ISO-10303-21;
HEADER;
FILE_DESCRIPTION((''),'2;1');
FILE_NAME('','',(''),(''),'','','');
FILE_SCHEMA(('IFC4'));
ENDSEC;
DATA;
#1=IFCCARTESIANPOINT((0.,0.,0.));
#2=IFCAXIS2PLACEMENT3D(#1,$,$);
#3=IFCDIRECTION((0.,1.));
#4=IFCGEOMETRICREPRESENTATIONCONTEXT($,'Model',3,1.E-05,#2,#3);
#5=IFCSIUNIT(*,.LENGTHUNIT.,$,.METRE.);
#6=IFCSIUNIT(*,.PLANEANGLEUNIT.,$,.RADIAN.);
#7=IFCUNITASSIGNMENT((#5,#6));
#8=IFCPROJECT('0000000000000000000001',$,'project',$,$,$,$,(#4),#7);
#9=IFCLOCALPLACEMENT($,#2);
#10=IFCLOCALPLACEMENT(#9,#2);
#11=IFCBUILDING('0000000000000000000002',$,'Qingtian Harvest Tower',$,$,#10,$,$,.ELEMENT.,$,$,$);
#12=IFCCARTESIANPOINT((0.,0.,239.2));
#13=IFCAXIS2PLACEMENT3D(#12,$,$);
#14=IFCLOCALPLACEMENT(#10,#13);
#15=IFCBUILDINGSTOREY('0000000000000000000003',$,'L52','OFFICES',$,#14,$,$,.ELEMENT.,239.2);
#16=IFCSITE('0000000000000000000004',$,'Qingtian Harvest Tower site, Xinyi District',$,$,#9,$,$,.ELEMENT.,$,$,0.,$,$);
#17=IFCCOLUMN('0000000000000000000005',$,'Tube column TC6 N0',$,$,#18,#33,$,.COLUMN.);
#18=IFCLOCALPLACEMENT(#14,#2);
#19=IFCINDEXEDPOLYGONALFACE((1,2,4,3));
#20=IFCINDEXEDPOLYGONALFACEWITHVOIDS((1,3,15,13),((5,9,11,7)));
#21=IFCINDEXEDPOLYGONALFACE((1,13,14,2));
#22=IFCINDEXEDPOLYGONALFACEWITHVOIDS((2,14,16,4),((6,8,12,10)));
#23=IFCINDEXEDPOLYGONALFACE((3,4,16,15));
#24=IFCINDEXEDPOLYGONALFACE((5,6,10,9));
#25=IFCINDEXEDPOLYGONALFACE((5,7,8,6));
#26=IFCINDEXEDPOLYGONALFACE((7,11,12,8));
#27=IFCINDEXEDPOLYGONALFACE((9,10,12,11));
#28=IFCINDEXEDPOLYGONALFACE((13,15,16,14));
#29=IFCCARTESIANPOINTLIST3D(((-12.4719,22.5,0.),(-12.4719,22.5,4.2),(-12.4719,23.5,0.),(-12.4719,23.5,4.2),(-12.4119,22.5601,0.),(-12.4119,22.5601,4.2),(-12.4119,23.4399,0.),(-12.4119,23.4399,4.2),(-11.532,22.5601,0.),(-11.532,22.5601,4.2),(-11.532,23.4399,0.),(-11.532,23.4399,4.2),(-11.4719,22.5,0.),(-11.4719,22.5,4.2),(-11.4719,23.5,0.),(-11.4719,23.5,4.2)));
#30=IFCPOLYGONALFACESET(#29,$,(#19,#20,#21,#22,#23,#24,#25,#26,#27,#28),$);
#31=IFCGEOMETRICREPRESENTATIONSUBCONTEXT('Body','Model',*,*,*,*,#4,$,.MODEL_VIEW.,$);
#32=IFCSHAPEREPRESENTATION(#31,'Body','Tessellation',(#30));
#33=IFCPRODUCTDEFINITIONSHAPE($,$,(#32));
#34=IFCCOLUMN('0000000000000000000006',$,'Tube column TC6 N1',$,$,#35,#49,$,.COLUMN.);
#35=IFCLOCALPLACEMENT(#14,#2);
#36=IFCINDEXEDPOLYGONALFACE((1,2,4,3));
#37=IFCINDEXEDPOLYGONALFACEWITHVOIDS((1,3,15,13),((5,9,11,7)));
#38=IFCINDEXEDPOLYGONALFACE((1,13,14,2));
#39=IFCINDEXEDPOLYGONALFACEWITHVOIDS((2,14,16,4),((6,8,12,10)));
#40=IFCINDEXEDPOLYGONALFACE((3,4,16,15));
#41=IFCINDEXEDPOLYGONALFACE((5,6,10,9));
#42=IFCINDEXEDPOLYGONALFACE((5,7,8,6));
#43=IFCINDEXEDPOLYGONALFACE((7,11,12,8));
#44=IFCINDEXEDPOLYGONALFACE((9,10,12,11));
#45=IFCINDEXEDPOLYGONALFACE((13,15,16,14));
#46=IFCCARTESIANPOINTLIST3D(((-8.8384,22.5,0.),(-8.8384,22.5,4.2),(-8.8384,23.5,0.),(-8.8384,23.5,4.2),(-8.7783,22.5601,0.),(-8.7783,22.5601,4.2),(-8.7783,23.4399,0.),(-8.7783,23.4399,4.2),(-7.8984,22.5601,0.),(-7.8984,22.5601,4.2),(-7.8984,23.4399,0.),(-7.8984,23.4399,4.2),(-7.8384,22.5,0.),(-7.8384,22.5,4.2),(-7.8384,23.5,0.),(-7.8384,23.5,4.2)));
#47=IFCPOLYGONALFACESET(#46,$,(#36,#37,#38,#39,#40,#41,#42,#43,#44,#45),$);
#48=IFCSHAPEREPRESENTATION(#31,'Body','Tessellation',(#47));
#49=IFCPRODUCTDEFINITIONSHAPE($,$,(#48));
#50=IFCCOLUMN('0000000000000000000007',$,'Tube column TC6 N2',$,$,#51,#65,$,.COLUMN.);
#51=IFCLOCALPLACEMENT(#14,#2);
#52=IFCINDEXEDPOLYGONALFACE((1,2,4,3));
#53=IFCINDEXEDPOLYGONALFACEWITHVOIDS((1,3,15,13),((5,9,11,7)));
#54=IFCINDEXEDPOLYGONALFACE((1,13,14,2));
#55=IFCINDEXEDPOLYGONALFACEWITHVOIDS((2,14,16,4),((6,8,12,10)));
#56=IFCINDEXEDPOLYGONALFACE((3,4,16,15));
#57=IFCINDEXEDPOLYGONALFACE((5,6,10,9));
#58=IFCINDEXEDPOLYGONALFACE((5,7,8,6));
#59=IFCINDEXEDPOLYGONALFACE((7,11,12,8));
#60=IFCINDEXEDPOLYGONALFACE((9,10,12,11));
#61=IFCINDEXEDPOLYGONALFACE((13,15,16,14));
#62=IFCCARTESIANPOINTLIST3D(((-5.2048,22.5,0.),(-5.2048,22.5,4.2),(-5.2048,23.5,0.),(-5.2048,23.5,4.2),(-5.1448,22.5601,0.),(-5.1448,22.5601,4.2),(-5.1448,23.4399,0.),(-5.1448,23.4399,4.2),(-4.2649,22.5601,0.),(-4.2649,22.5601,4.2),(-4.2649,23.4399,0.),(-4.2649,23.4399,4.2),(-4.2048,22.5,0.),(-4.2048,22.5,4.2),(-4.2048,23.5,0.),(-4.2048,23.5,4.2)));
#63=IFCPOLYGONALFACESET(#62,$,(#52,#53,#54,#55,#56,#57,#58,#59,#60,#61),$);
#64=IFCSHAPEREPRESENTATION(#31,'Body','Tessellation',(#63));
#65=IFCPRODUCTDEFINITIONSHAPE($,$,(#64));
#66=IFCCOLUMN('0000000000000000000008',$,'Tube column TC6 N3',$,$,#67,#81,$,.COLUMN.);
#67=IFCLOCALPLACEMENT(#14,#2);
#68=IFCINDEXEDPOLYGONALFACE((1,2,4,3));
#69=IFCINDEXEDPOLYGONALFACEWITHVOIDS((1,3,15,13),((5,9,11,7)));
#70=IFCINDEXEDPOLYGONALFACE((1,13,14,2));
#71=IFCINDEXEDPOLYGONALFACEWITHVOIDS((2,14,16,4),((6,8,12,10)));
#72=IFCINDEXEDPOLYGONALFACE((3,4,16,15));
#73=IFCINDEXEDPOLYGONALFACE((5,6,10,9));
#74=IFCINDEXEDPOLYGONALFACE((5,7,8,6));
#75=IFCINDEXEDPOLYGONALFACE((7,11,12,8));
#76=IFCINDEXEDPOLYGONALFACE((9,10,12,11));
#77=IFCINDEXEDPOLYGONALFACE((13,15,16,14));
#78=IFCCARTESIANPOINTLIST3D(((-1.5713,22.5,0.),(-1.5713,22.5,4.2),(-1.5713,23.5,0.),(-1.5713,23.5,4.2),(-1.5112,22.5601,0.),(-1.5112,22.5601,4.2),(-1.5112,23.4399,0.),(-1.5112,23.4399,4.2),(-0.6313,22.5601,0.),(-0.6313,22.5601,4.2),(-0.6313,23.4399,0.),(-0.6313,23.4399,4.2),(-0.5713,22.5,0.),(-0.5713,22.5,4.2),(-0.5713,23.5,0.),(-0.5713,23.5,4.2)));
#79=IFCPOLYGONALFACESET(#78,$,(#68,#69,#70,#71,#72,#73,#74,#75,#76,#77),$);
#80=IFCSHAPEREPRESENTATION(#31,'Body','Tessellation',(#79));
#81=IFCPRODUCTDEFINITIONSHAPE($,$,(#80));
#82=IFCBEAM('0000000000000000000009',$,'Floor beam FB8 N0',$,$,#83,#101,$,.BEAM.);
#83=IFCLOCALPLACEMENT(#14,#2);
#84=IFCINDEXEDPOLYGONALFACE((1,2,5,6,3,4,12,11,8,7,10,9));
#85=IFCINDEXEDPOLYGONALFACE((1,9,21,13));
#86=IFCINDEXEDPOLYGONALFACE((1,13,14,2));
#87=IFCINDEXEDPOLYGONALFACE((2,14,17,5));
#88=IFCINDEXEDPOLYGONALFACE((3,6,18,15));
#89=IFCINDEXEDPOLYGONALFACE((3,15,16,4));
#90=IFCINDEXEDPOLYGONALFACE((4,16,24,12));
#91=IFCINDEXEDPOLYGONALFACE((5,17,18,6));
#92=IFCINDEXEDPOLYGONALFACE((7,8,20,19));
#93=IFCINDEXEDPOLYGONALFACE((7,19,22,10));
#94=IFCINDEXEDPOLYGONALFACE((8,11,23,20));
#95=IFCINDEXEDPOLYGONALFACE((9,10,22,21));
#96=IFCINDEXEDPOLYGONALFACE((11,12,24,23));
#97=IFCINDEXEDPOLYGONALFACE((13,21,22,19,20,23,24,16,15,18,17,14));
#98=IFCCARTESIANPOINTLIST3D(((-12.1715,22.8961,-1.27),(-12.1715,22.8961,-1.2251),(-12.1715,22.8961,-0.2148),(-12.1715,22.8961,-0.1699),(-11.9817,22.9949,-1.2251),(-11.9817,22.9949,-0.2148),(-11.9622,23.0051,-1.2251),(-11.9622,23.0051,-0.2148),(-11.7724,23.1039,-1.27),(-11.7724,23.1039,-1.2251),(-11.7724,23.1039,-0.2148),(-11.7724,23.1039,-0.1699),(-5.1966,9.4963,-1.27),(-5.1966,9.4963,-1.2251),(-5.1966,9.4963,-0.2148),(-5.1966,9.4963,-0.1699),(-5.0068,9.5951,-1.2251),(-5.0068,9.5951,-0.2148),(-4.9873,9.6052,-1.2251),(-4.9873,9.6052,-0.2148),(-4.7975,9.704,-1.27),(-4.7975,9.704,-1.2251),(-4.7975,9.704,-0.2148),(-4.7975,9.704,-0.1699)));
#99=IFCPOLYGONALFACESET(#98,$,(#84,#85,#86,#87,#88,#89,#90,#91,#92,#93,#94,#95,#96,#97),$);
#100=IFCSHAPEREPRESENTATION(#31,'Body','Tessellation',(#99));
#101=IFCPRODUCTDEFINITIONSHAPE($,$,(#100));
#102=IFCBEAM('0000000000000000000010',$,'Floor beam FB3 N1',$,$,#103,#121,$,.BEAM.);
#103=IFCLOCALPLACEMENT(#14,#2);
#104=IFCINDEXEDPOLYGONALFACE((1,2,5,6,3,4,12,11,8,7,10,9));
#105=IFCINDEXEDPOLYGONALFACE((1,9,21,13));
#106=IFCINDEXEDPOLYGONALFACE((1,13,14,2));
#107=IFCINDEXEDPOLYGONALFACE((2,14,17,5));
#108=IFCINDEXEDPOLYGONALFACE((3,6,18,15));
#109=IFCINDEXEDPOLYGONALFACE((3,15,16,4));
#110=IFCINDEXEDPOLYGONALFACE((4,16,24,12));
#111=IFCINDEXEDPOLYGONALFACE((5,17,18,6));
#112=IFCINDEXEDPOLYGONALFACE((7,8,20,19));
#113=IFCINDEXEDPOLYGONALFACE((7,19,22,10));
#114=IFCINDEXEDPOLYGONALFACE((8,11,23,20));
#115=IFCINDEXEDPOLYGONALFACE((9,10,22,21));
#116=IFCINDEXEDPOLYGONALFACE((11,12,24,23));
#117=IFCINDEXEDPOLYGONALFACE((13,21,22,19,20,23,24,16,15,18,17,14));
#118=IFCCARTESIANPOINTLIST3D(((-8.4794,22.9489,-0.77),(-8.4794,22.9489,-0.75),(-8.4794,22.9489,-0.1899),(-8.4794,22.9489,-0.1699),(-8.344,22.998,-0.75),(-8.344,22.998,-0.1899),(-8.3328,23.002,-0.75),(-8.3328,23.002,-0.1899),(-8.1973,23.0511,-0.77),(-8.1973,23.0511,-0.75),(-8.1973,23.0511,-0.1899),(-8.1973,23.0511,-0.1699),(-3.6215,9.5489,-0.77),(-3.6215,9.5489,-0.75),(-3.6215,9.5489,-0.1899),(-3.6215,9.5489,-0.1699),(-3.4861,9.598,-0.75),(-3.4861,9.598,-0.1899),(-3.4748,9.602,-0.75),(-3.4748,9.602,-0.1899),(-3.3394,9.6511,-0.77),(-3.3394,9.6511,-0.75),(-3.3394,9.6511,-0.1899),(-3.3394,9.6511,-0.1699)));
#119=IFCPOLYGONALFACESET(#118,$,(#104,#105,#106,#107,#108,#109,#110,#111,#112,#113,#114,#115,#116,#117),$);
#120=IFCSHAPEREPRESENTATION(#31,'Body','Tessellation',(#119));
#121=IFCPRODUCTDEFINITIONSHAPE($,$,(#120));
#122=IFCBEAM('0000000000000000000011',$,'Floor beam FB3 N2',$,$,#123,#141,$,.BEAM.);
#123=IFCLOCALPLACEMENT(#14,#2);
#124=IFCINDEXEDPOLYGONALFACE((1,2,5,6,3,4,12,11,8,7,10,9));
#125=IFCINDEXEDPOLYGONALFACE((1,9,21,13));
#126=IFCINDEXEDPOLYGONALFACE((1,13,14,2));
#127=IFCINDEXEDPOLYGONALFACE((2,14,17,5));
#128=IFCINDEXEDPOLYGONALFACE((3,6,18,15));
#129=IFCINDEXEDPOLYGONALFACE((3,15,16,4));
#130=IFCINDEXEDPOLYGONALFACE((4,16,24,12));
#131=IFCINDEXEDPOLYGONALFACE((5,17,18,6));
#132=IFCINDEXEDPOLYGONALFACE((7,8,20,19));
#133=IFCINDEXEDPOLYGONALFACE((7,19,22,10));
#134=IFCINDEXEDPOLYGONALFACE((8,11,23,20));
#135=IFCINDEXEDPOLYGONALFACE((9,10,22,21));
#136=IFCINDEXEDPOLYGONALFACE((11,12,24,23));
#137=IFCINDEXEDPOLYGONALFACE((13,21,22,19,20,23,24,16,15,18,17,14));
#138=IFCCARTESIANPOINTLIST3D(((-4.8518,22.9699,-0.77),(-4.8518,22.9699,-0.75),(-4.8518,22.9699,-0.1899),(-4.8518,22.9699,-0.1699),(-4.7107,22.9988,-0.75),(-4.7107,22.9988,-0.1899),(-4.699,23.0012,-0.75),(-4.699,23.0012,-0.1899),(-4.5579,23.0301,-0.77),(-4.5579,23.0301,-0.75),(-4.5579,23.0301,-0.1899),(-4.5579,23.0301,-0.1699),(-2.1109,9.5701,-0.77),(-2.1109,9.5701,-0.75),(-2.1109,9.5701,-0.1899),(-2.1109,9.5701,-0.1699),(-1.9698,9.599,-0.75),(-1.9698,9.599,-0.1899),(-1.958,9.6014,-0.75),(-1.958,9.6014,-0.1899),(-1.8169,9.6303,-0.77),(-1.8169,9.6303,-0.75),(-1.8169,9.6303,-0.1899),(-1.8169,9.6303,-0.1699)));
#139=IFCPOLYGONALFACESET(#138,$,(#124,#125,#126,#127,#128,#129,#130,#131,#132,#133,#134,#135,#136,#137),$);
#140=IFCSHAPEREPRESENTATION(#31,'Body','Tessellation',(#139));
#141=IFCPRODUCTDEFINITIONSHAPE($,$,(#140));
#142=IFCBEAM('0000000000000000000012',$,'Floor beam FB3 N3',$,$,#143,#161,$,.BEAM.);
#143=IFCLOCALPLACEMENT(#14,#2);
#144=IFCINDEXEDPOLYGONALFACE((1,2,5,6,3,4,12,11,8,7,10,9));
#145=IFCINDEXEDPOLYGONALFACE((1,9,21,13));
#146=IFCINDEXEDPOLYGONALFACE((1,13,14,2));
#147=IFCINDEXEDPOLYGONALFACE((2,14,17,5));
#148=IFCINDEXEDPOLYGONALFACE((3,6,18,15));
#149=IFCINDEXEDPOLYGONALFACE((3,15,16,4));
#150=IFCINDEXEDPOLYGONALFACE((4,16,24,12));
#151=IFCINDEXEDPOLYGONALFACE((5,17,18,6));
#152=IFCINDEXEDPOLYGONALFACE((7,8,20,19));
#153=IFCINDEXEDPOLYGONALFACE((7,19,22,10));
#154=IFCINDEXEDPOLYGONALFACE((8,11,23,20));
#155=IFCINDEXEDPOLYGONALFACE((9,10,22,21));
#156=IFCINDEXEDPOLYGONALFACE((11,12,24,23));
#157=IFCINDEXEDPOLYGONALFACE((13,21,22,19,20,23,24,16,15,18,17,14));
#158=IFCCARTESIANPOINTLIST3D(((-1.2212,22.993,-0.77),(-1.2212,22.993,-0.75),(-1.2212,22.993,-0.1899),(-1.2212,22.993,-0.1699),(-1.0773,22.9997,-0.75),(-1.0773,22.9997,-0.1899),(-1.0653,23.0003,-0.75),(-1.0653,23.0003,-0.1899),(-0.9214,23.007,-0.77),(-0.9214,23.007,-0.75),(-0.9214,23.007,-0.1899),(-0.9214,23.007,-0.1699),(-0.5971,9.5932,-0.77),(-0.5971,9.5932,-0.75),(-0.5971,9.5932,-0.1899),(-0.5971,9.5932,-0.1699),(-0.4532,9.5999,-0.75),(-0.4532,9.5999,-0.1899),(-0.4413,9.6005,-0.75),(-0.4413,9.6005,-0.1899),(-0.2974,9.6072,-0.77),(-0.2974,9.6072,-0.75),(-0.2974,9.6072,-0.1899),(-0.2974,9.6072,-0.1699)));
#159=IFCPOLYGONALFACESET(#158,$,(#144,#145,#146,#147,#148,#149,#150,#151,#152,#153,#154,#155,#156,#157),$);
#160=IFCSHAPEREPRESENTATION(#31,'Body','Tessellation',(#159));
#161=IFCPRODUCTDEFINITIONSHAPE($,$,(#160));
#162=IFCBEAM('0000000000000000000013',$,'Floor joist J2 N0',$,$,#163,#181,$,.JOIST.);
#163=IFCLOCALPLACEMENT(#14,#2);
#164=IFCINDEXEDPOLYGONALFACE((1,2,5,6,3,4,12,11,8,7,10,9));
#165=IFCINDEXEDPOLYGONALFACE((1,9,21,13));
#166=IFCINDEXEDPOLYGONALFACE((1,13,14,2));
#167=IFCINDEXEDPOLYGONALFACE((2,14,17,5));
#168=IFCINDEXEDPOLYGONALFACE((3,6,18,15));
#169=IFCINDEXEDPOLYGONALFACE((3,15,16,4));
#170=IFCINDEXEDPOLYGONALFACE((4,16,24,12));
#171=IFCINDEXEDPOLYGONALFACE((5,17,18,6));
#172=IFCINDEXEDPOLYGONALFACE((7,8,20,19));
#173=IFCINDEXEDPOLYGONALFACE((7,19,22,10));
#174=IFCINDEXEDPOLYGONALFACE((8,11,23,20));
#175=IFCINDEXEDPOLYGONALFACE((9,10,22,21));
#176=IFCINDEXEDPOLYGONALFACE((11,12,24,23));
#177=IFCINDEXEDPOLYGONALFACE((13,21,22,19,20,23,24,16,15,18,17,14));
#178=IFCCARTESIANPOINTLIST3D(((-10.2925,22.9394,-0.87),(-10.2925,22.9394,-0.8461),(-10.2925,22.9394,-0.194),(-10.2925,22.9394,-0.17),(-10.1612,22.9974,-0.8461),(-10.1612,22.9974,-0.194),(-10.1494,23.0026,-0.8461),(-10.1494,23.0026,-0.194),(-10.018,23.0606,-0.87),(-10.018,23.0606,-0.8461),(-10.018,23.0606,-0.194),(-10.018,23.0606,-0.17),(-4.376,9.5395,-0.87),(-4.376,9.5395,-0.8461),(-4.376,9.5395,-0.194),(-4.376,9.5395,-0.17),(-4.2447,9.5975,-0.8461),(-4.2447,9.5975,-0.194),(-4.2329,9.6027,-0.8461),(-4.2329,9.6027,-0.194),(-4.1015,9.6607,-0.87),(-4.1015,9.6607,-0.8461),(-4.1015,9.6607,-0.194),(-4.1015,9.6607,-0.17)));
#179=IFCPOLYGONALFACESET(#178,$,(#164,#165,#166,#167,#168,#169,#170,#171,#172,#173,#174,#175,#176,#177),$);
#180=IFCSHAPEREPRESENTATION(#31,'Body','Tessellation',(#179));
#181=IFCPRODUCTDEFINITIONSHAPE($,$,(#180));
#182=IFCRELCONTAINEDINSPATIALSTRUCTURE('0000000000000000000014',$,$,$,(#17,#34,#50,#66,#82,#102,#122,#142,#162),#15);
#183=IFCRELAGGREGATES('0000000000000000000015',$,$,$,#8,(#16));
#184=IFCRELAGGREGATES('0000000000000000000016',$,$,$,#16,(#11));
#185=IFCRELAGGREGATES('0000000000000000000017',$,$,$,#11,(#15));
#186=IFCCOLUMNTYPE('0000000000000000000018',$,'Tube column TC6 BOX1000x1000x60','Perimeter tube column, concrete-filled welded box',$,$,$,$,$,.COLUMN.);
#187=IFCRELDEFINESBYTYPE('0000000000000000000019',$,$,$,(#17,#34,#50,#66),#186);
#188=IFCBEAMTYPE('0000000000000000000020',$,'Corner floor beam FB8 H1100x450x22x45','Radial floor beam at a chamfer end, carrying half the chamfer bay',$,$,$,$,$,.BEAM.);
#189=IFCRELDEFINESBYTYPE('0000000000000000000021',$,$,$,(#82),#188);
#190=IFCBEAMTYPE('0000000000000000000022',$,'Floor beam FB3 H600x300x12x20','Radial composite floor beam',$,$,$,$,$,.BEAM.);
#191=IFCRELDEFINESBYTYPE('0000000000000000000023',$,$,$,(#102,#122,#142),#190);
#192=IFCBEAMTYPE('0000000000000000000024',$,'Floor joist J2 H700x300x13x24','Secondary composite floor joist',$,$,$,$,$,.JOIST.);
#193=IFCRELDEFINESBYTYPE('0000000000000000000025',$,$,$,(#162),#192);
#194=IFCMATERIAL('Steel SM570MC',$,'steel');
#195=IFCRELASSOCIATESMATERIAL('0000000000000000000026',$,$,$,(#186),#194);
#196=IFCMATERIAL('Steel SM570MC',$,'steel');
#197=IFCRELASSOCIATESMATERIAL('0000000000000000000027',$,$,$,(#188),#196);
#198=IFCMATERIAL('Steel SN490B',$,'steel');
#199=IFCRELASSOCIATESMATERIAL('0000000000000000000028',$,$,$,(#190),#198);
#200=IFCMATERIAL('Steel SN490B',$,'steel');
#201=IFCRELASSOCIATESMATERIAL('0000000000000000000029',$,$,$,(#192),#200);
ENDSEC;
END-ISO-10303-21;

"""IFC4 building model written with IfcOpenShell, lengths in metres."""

from ifc_helpers import new_model, si_unit, direction, frame, origin, origin_2d, place, context, subcontext, project, spatial, hollow_rectangle, i_section, extrude, material, material_profile, profile_set, type_object, element, save


model = new_model("IFC4")

# Units and contexts
model_context = context("Model", 3, precision=1e-05, world=origin(), true_north=direction((0.0, 1.0)))
body_context = subcontext(model_context, "Body", "Model", "MODEL_VIEW")
ifc_project = project(units=[si_unit("LENGTHUNIT", "METRE"), si_unit("PLANEANGLEUNIT", "RADIAN")], contexts=[model_context])

# Site, building, storey
site_placement = place(None, origin())
site = spatial("IfcSite", under=ifc_project, at=site_placement, Name="Qingtian Harvest Tower site, Xinyi District", CompositionType="ELEMENT", RefElevation=0.0)
building_placement = place(site_placement, origin())
building = spatial("IfcBuilding", under=site, at=building_placement, Name="Qingtian Harvest Tower", CompositionType="ELEMENT")
storey_placement = place(building_placement, frame((0.0, 0.0, 239.2)))
storey = spatial("IfcBuildingStorey", under=building, at=storey_placement, Name="L52", Description="OFFICES", CompositionType="ELEMENT", Elevation=239.2)

# Columns
ifc_material_1 = material(Name="Steel SM570MC", Category="steel")
ifc_material_profile_1 = material_profile(ifc_material_1, hollow_rectangle(XDim=1.0, YDim=1.0, WallThickness=0.0601, at=origin_2d()), Name="BOX1000x1000x60")
ifc_profile_set_1 = profile_set([ifc_material_profile_1], Name="Steel SM570MC")
column_type = type_object("IfcColumnType", Name="Tube column TC6 BOX1000x1000x60", Description="Perimeter tube column, concrete-filled welded box", PredefinedType="COLUMN", material=ifc_profile_set_1)
for number, where, z_axis, x_axis, name in (
    (1, (-11.9719, 23.0, 0.0), (0.0, 0.0, 1.0), (-1.0, 0.0, 0.0), "Tube column TC6 N0"),
    (2, (-8.3384, 23.0, 0.0), (0.0, 0.0, 1.0), (-1.0, 0.0, 0.0), "Tube column TC6 N1"),
    (3, (-4.7048, 23.0, 0.0), (0.0, 0.0, 1.0), (-1.0, 0.0, 0.0), "Tube column TC6 N2"),
    (4, (-1.0713, 23.0, 0.0), (0.0, 0.0, 1.0), (-1.0, 0.0, 0.0), "Tube column TC6 N3"),
):
    element("IfcColumn", number, at=place(storey_placement, frame(where, z_axis=z_axis, x_axis=x_axis)), inside=storey, type_object=column_type, Name=name, PredefinedType="COLUMN", context=body_context, shape_type="SweptSolid", body=[
        extrude(hollow_rectangle(XDim=1.0, YDim=1.0, WallThickness=0.0601, at=origin_2d()), origin(), (0.0, 0.0, 1.0), 4.2),
    ])

# Beams
ifc_material_2 = material(Name="Steel SM570MC", Category="steel")
ifc_material_profile_2 = material_profile(ifc_material_2, i_section(OverallWidth=0.45, OverallDepth=1.1001, WebThickness=0.022, FlangeThickness=0.0449, at=origin_2d()), Name="H1100x450x22x45")
ifc_profile_set_2 = profile_set([ifc_material_profile_2], Name="Steel SM570MC")
beam_type_1 = type_object("IfcBeamType", Name="Corner floor beam FB8 H1100x450x22x45", Description="Radial floor beam at a chamfer end, carrying half the chamfer bay", PredefinedType="BEAM", material=ifc_profile_set_2)
beam_1_placement = place(storey_placement, frame((-11.9719, 23.0, -0.72), z_axis=(0.461712, -0.88703, 0.0), x_axis=(0.88703, 0.461712, 0.0)))
element("IfcBeam", 5, at=beam_1_placement, inside=storey, type_object=beam_type_1, Name="Floor beam FB8 N0", PredefinedType="BEAM", context=body_context, shape_type="SweptSolid", body=[
    extrude(i_section(OverallWidth=0.45, OverallDepth=1.1001, WebThickness=0.022, FlangeThickness=0.0449, at=origin_2d()), origin(), (0.0, 0.0, 1.0), 15.1064),
])
ifc_material_3 = material(Name="Steel SN490B", Category="steel")
ifc_material_profile_3 = material_profile(ifc_material_3, i_section(OverallWidth=0.3, OverallDepth=0.6001, WebThickness=0.012, FlangeThickness=0.02, at=origin_2d()), Name="H600x300x12x20")
ifc_profile_set_3 = profile_set([ifc_material_profile_3], Name="Steel SN490B")
beam_type_2 = type_object("IfcBeamType", Name="Floor beam FB3 H600x300x12x20", Description="Radial composite floor beam", PredefinedType="BEAM", material=ifc_profile_set_3)
beam_2_placement = place(storey_placement, frame((-8.3384, 23.0, -0.47), z_axis=(0.340827, -0.940126, 0.0), x_axis=(0.940126, 0.340827, 0.0)))
element("IfcBeam", 6, at=beam_2_placement, inside=storey, type_object=beam_type_2, Name="Floor beam FB3 N1", PredefinedType="BEAM", context=body_context, shape_type="SweptSolid", body=[
    extrude(i_section(OverallWidth=0.3, OverallDepth=0.6001, WebThickness=0.012, FlangeThickness=0.02, at=origin_2d()), origin(), (0.0, 0.0, 1.0), 14.2534),
])
beam_3_placement = place(storey_placement, frame((-4.7048, 23.0, -0.47), z_axis=(0.200402, -0.979714, 0.0), x_axis=(0.979714, 0.200402, 0.0)))
element("IfcBeam", 7, at=beam_3_placement, inside=storey, type_object=beam_type_2, Name="Floor beam FB3 N2", PredefinedType="BEAM", context=body_context, shape_type="SweptSolid", body=[
    extrude(i_section(OverallWidth=0.3, OverallDepth=0.6001, WebThickness=0.012, FlangeThickness=0.02, at=origin_2d()), origin(), (0.0, 0.0, 1.0), 13.6772),
])
beam_4_placement = place(storey_placement, frame((-1.0713, 23.0, -0.47), z_axis=(0.046519, -0.998917, 0.0), x_axis=(0.998917, 0.046519, 0.0)))
element("IfcBeam", 8, at=beam_4_placement, inside=storey, type_object=beam_type_2, Name="Floor beam FB3 N3", PredefinedType="BEAM", context=body_context, shape_type="SweptSolid", body=[
    extrude(i_section(OverallWidth=0.3, OverallDepth=0.6001, WebThickness=0.012, FlangeThickness=0.02, at=origin_2d()), origin(), (0.0, 0.0, 1.0), 13.4143),
])
ifc_material_4 = material(Name="Steel SN490B", Category="steel")
ifc_material_profile_4 = material_profile(ifc_material_4, i_section(OverallWidth=0.3, OverallDepth=0.7, WebThickness=0.0129, FlangeThickness=0.0239, at=origin_2d()), Name="H700x300x13x24")
ifc_profile_set_4 = profile_set([ifc_material_profile_4], Name="Steel SN490B")
beam_type_3 = type_object("IfcBeamType", Name="Floor joist J2 H700x300x13x24", Description="Secondary composite floor joist", PredefinedType="JOIST", material=ifc_profile_set_4)
beam_5_placement = place(storey_placement, frame((-10.1553, 23.0, -0.52), z_axis=(0.403913, -0.914797, 0.0), x_axis=(0.914797, 0.403913, 0.0)))
element("IfcBeam", 9, at=beam_5_placement, inside=storey, type_object=beam_type_3, Name="Floor joist J2 N0", PredefinedType="JOIST", context=body_context, shape_type="SweptSolid", body=[
    extrude(i_section(OverallWidth=0.3, OverallDepth=0.7, WebThickness=0.0129, FlangeThickness=0.0239, at=origin_2d()), origin(), (0.0, 0.0, 1.0), 14.6479),
])

save(model, "model.ifc")
